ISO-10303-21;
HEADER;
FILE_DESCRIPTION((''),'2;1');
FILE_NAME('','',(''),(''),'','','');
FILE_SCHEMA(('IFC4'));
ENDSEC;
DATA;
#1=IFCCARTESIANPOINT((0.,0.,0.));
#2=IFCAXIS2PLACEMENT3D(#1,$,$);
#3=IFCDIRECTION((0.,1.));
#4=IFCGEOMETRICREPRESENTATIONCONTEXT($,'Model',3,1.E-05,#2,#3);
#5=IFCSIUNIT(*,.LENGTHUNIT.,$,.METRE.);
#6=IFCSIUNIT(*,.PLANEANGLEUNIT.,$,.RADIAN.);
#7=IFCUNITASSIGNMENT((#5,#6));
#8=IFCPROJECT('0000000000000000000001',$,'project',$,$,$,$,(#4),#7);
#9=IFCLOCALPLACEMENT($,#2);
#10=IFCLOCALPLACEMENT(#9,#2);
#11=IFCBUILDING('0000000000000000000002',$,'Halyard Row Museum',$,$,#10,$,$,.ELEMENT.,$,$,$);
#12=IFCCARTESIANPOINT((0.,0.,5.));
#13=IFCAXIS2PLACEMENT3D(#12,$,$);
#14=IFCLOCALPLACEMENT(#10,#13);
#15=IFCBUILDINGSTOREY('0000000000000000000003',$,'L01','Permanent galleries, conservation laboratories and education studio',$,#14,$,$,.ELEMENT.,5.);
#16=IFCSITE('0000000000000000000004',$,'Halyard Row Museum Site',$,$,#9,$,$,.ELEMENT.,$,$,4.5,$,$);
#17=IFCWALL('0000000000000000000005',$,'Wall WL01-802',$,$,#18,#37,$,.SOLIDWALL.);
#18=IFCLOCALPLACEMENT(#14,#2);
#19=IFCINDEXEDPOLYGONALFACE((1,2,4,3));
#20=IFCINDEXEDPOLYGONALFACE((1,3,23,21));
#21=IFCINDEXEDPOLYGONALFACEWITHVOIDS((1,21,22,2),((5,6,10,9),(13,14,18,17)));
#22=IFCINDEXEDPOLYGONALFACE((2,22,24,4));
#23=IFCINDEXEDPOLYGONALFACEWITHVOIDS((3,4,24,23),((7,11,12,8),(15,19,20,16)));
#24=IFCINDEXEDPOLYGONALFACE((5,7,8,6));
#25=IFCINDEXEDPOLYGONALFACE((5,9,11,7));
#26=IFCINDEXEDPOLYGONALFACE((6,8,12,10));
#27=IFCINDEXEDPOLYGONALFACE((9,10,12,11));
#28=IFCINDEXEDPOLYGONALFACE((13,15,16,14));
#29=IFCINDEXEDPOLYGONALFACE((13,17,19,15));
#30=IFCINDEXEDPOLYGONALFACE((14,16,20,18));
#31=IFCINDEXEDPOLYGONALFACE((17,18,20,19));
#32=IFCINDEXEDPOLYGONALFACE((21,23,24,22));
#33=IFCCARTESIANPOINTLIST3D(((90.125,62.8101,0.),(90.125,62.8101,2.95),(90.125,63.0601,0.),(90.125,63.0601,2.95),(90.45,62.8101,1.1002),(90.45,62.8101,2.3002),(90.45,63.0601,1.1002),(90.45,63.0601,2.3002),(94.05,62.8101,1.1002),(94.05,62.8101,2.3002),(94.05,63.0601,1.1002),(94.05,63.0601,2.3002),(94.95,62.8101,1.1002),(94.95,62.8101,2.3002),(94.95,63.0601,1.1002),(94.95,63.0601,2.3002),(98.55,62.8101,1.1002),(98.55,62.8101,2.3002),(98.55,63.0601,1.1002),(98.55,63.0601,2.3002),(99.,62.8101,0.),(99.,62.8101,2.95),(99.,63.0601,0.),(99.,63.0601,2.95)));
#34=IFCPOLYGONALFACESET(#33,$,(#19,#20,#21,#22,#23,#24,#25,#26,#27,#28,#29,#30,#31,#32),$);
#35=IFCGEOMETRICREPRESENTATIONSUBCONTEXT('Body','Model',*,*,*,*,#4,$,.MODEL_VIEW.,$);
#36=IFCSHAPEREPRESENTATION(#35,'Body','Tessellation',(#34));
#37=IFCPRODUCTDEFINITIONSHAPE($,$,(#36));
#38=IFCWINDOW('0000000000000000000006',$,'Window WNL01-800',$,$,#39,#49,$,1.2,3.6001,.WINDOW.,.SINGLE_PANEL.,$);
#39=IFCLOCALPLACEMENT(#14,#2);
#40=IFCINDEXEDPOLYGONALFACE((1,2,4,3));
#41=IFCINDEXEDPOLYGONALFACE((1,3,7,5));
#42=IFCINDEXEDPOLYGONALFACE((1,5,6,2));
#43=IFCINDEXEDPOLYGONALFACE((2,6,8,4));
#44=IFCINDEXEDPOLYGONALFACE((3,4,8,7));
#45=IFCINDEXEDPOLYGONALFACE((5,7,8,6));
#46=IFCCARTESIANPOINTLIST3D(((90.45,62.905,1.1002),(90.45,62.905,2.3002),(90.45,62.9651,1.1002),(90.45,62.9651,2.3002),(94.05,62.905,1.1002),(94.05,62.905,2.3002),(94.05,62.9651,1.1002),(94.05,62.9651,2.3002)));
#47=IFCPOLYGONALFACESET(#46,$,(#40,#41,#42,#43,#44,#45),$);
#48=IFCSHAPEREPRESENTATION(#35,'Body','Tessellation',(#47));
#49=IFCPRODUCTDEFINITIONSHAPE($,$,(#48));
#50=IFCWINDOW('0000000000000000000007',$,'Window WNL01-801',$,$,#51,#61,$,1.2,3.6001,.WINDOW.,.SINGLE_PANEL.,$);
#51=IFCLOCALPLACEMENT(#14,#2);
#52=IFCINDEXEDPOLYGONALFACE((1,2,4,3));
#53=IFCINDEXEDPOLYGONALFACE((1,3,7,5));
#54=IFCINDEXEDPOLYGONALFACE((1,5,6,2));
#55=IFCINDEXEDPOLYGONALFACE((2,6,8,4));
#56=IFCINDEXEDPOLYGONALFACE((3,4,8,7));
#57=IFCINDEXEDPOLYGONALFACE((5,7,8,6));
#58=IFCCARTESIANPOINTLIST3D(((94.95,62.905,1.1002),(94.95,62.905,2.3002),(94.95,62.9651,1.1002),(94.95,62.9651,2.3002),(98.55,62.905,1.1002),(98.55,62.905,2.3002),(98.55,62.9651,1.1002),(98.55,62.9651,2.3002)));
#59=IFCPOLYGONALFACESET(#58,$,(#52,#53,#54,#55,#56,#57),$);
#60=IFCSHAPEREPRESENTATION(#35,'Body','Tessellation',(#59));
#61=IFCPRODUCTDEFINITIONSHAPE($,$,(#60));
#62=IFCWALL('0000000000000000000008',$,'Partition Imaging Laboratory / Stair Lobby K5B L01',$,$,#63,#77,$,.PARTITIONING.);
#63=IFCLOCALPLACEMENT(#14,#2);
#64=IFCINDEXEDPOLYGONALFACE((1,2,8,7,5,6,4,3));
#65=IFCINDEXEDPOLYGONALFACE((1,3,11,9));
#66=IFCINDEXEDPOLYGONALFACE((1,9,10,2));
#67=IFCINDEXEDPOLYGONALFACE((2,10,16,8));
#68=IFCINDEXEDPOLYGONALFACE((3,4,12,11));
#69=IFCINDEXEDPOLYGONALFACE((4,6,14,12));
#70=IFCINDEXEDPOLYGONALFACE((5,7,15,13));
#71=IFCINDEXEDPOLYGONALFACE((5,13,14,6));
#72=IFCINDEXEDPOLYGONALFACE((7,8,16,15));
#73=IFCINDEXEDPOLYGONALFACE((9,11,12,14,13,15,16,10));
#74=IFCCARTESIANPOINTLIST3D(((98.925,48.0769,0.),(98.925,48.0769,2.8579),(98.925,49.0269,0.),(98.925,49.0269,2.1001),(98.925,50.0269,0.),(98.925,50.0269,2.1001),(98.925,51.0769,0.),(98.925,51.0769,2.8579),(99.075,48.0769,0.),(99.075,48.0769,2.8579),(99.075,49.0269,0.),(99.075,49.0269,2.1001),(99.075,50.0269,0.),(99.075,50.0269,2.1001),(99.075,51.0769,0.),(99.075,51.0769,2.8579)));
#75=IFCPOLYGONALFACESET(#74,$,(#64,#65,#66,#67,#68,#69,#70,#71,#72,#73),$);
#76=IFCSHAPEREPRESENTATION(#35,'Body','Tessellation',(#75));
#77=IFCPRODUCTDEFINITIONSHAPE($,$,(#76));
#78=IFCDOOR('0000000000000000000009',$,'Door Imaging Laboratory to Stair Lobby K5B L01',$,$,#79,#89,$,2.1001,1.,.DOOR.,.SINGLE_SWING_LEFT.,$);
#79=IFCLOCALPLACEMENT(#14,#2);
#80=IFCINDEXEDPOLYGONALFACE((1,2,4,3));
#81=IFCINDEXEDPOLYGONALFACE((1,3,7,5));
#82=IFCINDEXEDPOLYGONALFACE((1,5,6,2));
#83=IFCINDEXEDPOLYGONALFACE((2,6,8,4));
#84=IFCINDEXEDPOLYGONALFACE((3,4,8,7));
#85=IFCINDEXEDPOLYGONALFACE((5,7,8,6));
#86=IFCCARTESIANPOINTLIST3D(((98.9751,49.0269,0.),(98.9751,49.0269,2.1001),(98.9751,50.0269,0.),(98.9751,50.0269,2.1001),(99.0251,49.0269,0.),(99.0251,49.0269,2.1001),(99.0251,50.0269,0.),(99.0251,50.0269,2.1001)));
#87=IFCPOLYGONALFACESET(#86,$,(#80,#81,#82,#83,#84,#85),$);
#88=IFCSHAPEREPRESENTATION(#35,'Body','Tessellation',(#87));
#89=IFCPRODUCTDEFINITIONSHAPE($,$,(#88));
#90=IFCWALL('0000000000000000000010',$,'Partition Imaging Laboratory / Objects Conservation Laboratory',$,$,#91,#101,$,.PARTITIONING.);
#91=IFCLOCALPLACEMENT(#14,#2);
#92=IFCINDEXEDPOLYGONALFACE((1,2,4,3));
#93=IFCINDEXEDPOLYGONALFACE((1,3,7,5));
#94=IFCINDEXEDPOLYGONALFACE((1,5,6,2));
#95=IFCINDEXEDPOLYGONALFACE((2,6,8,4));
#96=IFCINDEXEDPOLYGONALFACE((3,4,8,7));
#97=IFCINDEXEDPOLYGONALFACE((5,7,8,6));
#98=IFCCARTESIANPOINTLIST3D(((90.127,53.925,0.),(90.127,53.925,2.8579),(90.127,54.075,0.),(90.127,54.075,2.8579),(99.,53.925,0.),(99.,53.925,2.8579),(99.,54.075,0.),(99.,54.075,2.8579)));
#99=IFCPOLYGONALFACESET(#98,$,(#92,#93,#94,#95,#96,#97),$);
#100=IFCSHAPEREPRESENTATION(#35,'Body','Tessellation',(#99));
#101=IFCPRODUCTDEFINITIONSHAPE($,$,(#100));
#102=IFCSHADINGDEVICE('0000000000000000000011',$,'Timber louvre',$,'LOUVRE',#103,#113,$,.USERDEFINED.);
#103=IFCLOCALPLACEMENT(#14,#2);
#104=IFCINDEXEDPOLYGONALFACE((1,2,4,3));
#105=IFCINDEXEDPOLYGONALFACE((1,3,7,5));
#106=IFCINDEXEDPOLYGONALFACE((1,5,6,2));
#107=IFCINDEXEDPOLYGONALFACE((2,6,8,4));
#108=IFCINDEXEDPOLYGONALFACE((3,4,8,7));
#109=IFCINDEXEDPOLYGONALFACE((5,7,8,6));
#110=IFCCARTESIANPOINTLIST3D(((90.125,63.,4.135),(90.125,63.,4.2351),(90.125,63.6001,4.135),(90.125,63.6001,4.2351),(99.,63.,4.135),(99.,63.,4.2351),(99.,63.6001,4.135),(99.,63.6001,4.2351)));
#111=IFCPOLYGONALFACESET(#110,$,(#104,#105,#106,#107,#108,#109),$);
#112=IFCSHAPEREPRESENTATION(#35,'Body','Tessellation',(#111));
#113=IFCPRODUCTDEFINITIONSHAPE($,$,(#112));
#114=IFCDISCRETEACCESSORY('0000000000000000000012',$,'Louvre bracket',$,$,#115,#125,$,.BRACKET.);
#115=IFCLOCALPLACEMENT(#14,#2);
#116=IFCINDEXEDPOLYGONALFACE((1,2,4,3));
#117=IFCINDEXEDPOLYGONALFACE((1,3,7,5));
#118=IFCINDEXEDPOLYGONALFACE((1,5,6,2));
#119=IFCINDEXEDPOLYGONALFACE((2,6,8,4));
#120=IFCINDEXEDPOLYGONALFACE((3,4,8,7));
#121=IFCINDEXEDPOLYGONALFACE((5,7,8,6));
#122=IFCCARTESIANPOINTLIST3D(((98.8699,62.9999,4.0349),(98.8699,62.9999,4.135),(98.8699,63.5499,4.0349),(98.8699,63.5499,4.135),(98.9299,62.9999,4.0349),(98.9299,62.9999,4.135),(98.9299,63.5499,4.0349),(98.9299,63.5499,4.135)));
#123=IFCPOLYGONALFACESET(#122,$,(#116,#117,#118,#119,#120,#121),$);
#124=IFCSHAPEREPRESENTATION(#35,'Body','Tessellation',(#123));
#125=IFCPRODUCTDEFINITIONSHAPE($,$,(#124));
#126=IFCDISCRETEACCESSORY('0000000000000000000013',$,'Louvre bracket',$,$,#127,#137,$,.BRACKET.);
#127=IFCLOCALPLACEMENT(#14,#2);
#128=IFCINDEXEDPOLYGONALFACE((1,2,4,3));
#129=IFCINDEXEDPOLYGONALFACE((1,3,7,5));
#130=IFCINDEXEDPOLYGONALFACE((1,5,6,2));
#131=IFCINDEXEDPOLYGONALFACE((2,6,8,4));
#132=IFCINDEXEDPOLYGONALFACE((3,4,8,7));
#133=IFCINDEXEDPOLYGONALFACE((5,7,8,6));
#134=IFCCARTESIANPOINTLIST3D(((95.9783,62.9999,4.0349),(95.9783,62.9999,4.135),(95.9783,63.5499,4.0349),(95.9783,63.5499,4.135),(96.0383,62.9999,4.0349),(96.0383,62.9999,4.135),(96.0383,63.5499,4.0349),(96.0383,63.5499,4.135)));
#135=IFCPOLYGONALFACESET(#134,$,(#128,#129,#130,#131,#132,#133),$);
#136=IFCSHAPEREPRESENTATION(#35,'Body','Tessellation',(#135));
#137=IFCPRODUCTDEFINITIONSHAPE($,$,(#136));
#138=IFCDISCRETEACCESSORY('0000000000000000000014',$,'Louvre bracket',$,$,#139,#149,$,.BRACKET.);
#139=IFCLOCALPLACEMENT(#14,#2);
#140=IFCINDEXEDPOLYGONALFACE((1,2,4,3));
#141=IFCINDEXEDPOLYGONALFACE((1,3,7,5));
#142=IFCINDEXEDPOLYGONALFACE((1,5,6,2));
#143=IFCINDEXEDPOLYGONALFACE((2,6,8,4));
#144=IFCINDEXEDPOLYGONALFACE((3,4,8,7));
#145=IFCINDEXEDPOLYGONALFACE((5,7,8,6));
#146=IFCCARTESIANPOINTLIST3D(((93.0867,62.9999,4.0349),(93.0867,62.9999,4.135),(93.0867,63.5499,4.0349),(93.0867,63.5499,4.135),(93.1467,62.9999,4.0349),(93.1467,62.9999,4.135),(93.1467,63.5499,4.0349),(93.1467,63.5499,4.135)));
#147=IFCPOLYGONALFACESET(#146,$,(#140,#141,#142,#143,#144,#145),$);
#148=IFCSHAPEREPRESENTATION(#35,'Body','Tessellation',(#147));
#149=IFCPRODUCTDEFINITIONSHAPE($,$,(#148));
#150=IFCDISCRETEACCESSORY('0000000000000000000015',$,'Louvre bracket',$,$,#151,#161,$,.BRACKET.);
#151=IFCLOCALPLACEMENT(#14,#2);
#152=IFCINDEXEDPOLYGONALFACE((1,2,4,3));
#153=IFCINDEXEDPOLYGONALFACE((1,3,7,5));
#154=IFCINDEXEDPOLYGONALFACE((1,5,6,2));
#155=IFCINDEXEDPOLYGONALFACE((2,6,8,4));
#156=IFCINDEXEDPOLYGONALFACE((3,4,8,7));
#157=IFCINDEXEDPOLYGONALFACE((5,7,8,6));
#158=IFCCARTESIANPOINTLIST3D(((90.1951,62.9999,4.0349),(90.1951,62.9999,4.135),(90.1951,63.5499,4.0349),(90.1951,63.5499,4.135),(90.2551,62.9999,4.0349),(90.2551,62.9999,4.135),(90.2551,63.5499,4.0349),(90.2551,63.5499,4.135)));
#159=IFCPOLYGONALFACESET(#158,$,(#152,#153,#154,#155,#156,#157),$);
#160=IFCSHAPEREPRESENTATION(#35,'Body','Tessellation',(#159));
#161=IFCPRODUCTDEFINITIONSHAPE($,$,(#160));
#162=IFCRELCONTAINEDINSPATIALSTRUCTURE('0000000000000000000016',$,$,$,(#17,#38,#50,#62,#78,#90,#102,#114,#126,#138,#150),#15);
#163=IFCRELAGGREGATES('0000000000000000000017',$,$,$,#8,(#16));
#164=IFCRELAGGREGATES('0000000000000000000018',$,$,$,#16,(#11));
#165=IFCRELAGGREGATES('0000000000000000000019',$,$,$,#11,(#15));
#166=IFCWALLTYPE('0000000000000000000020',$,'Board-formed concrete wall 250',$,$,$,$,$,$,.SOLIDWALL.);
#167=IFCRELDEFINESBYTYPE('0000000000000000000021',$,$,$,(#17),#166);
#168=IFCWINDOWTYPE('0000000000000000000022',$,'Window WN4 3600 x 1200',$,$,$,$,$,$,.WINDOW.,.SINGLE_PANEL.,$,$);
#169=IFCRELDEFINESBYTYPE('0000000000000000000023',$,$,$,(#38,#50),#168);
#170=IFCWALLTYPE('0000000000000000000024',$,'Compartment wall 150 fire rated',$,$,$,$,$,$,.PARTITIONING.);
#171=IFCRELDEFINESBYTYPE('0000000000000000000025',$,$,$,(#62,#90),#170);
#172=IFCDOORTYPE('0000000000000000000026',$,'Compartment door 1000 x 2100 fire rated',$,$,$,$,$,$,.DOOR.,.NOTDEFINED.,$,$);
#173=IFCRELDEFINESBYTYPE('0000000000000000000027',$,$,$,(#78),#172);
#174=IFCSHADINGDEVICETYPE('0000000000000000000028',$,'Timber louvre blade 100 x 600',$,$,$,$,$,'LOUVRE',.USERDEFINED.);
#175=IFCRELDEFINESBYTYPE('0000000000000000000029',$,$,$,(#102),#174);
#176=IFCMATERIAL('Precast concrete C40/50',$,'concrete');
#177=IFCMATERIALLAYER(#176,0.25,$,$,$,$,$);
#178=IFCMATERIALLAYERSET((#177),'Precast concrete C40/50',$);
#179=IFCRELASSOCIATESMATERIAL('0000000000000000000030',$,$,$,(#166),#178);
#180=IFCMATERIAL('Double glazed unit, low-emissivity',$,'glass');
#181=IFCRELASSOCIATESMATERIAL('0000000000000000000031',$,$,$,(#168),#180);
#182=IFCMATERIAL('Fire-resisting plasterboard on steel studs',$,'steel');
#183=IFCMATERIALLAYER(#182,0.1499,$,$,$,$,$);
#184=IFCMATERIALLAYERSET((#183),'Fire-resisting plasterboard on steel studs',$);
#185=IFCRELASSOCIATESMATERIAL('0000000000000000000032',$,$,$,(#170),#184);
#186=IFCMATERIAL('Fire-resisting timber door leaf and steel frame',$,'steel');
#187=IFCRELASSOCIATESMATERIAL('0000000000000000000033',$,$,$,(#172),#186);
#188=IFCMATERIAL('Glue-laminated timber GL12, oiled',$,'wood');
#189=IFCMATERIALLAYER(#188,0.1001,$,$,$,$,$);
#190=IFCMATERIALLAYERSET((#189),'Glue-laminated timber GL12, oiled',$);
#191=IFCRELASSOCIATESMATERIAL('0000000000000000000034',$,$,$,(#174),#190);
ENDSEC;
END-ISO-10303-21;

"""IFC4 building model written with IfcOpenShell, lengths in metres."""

from ifc_helpers import new_model, si_unit, direction, frame, frame_2d, origin, origin_2d, place, context, subcontext, project, spatial, rectangle, extrude, material, layer, layer_set, type_object, element, fill, save


model = new_model("IFC4")

# Units and contexts
model_context = context("Model", 3, precision=1e-05, world=origin(), true_north=direction((0.0, 1.0)))
body_context = subcontext(model_context, "Body", "Model", "MODEL_VIEW")
ifc_project = project(units=[si_unit("LENGTHUNIT", "METRE"), si_unit("PLANEANGLEUNIT", "RADIAN")], contexts=[model_context])

# Site, building, storey
site_placement = place(None, origin())
site = spatial("IfcSite", under=ifc_project, at=site_placement, Name="Halyard Row Museum Site", CompositionType="ELEMENT", RefElevation=4.5)
building_placement = place(site_placement, origin())
building = spatial("IfcBuilding", under=site, at=building_placement, Name="Halyard Row Museum", CompositionType="ELEMENT")
storey_placement = place(building_placement, frame((0.0, 0.0, 5.0)))
storey = spatial("IfcBuildingStorey", under=building, at=storey_placement, Name="L01", Description="Permanent galleries, conservation laboratories and education studio", CompositionType="ELEMENT", Elevation=5.0)

# Wall, openings, windows
ifc_material_1 = material(Name="Precast concrete C40/50", Category="concrete")
ifc_layer_1 = layer(ifc_material_1, 0.25)
ifc_layer_set_1 = layer_set([ifc_layer_1], Name="Precast concrete C40/50")
wall_type_1 = type_object("IfcWallType", Name="Board-formed concrete wall 250", PredefinedType="SOLIDWALL", material=ifc_layer_set_1)
wall_1_placement = place(storey_placement, frame((90.125, 62.9351, 0.0), z_axis=(0.0, 0.0, 1.0), x_axis=(1.0, 0.0, 0.0)))
wall_1 = element("IfcWall", 1, at=wall_1_placement, inside=storey, type_object=wall_type_1, Name="Wall WL01-802", PredefinedType="SOLIDWALL", context=body_context, shape_type="SweptSolid", body=[
    extrude(rectangle(XDim=8.875, YDim=0.25, at=frame_2d((4.4375, 0.0))), origin(), (0.0, 0.0, 1.0), 2.95),
])
opening_1_placement = place(wall_1_placement, frame((0.325, 0.0, 1.1001)))
opening_1 = element("IfcOpeningElement", 2, at=opening_1_placement, cuts=wall_1, PredefinedType="OPENING", context=body_context, shape_type="SweptSolid", body=[
    extrude(rectangle(XDim=3.6001, YDim=1.2, at=frame_2d((1.8, 0.6001))), frame((0.0, 0.135, 0.0), z_axis=(0.0, -1.0, 0.0), x_axis=(1.0, 0.0, 0.0)), (0.0, 0.0, 1.0), 0.27),
])
opening_2_placement = place(wall_1_placement, frame((4.825, 0.0, 1.1001)))
opening_2 = element("IfcOpeningElement", 3, at=opening_2_placement, cuts=wall_1, PredefinedType="OPENING", context=body_context, shape_type="SweptSolid", body=[
    extrude(rectangle(XDim=3.6001, YDim=1.2, at=frame_2d((1.8, 0.6001))), frame((0.0, 0.135, 0.0), z_axis=(0.0, -1.0, 0.0), x_axis=(1.0, 0.0, 0.0)), (0.0, 0.0, 1.0), 0.27),
])
ifc_material_2 = material(Name="Double glazed unit, low-emissivity", Category="glass")
window_type = type_object("IfcWindowType", Name="Window WN4 3600 x 1200", PartitioningType="SINGLE_PANEL", PredefinedType="WINDOW", material=ifc_material_2)
window_1_placement = place(opening_1_placement, origin())
window_1 = element("IfcWindow", 4, at=window_1_placement, inside=storey, type_object=window_type, Name="Window WNL01-800", OverallHeight=1.2, OverallWidth=3.6001, PartitioningType="SINGLE_PANEL", PredefinedType="WINDOW", context=body_context, shape_type="SweptSolid", body=[
    extrude(rectangle(XDim=3.6001, YDim=1.2, at=frame_2d((1.8, 0.6001))), frame((0.0, 0.03, 0.0), z_axis=(0.0, -1.0, 0.0), x_axis=(1.0, 0.0, 0.0)), (0.0, 0.0, 1.0), 0.0601),
])
fill(opening_1, window_1)
window_2_placement = place(opening_2_placement, origin())
window_2 = element("IfcWindow", 5, at=window_2_placement, inside=storey, type_object=window_type, Name="Window WNL01-801", OverallHeight=1.2, OverallWidth=3.6001, PartitioningType="SINGLE_PANEL", PredefinedType="WINDOW", context=body_context, shape_type="SweptSolid", body=[
    extrude(rectangle(XDim=3.6001, YDim=1.2, at=frame_2d((1.8, 0.6001))), frame((0.0, 0.03, 0.0), z_axis=(0.0, -1.0, 0.0), x_axis=(1.0, 0.0, 0.0)), (0.0, 0.0, 1.0), 0.0601),
])
fill(opening_2, window_2)

# Wall, opening, door
ifc_material_3 = material(Name="Fire-resisting plasterboard on steel studs", Category="steel")
ifc_layer_2 = layer(ifc_material_3, 0.1499)
ifc_layer_set_2 = layer_set([ifc_layer_2], Name="Fire-resisting plasterboard on steel studs")
wall_type_2 = type_object("IfcWallType", Name="Compartment wall 150 fire rated", PredefinedType="PARTITIONING", material=ifc_layer_set_2)
wall_2_placement = place(storey_placement, frame((99.0, 48.0769, 0.0), z_axis=(0.0, 0.0, 1.0), x_axis=(0.0, 1.0, 0.0)))
wall_2 = element("IfcWall", 6, at=wall_2_placement, inside=storey, type_object=wall_type_2, Name="Partition Imaging Laboratory / Stair Lobby K5B L01", PredefinedType="PARTITIONING", context=body_context, shape_type="SweptSolid", body=[
    extrude(rectangle(XDim=3.0, YDim=0.1499, at=frame_2d((1.5, 0.0))), origin(), (0.0, 0.0, 1.0), 2.8579),
])
opening_3_placement = place(wall_2_placement, frame((0.95, 0.0, 0.0)))
opening_3 = element("IfcOpeningElement", 7, at=opening_3_placement, cuts=wall_2, PredefinedType="OPENING", context=body_context, shape_type="SweptSolid", body=[
    extrude(rectangle(XDim=1.0, YDim=2.1001, at=frame_2d((0.5, 1.05))), frame((0.0, 0.085, 0.0), z_axis=(0.0, -1.0, 0.0), x_axis=(1.0, 0.0, 0.0)), (0.0, 0.0, 1.0), 0.1699),
])
ifc_material_4 = material(Name="Fire-resisting timber door leaf and steel frame", Category="steel")
door_type = type_object("IfcDoorType", Name="Compartment door 1000 x 2100 fire rated", OperationType="NOTDEFINED", PredefinedType="DOOR", material=ifc_material_4)
door_placement = place(opening_3_placement, origin())
door = element("IfcDoor", 8, at=door_placement, inside=storey, type_object=door_type, Name="Door Imaging Laboratory to Stair Lobby K5B L01", OperationType="SINGLE_SWING_LEFT", OverallHeight=2.1001, OverallWidth=1.0, PredefinedType="DOOR", context=body_context, shape_type="SweptSolid", body=[
    extrude(rectangle(XDim=1.0, YDim=2.1001, at=frame_2d((0.5, 1.05))), frame((0.0, 0.0249, 0.0), z_axis=(0.0, -1.0, 0.0), x_axis=(1.0, 0.0, 0.0)), (0.0, 0.0, 1.0), 0.05),
])
fill(opening_3, door)

# Wall
wall_3_placement = place(storey_placement, frame((90.127, 54.0, 0.0), z_axis=(0.0, 0.0, 1.0), x_axis=(1.0, 0.0, 0.0)))
element("IfcWall", 9, at=wall_3_placement, inside=storey, type_object=wall_type_2, Name="Partition Imaging Laboratory / Objects Conservation Laboratory", PredefinedType="PARTITIONING", context=body_context, shape_type="SweptSolid", body=[
    extrude(rectangle(XDim=8.873, YDim=0.1499, at=frame_2d((4.4365, 0.0))), origin(), (0.0, 0.0, 1.0), 2.8579),
])

# Shading device
ifc_material_5 = material(Name="Glue-laminated timber GL12, oiled", Category="wood")
ifc_layer_3 = layer(ifc_material_5, 0.1001)
ifc_layer_set_3 = layer_set([ifc_layer_3], Name="Glue-laminated timber GL12, oiled")
shading_device_type = type_object("IfcShadingDeviceType", Name="Timber louvre blade 100 x 600", ElementType="LOUVRE", PredefinedType="USERDEFINED", material=ifc_layer_set_3)
shading_device_placement = place(storey_placement, frame((94.5625, 63.3, 4.135), z_axis=(0.0, 0.0, 1.0), x_axis=(1.0, 0.0, 0.0)))
element("IfcShadingDevice", 10, at=shading_device_placement, inside=storey, type_object=shading_device_type, Name="Timber louvre", ObjectType="LOUVRE", PredefinedType="USERDEFINED", context=body_context, shape_type="SweptSolid", body=[
    extrude(rectangle(XDim=8.875, YDim=0.6001, at=origin_2d()), origin(), (0.0, 0.0, 1.0), 0.1001),
])

# Discrete accessories
for number, where, z_axis, x_axis, name in (
    (11, (98.8999, 63.2749, 4.0349), (0.0, 0.0, 1.0), (1.0, 0.0, 0.0), "Louvre bracket"),
    (12, (96.0083, 63.2749, 4.0349), (0.0, 0.0, 1.0), (1.0, 0.0, 0.0), "Louvre bracket"),
    (13, (93.1167, 63.2749, 4.0349), (0.0, 0.0, 1.0), (1.0, 0.0, 0.0), "Louvre bracket"),
    (14, (90.2251, 63.2749, 4.0349), (0.0, 0.0, 1.0), (1.0, 0.0, 0.0), "Louvre bracket"),
):
    element("IfcDiscreteAccessory", number, at=place(storey_placement, frame(where, z_axis=z_axis, x_axis=x_axis)), inside=storey, Name=name, PredefinedType="BRACKET", context=body_context, shape_type="SweptSolid", body=[
        extrude(rectangle(XDim=0.0601, YDim=0.55, at=origin_2d()), origin(), (0.0, 0.0, 1.0), 0.1001),
    ])

save(model, "model.ifc")
